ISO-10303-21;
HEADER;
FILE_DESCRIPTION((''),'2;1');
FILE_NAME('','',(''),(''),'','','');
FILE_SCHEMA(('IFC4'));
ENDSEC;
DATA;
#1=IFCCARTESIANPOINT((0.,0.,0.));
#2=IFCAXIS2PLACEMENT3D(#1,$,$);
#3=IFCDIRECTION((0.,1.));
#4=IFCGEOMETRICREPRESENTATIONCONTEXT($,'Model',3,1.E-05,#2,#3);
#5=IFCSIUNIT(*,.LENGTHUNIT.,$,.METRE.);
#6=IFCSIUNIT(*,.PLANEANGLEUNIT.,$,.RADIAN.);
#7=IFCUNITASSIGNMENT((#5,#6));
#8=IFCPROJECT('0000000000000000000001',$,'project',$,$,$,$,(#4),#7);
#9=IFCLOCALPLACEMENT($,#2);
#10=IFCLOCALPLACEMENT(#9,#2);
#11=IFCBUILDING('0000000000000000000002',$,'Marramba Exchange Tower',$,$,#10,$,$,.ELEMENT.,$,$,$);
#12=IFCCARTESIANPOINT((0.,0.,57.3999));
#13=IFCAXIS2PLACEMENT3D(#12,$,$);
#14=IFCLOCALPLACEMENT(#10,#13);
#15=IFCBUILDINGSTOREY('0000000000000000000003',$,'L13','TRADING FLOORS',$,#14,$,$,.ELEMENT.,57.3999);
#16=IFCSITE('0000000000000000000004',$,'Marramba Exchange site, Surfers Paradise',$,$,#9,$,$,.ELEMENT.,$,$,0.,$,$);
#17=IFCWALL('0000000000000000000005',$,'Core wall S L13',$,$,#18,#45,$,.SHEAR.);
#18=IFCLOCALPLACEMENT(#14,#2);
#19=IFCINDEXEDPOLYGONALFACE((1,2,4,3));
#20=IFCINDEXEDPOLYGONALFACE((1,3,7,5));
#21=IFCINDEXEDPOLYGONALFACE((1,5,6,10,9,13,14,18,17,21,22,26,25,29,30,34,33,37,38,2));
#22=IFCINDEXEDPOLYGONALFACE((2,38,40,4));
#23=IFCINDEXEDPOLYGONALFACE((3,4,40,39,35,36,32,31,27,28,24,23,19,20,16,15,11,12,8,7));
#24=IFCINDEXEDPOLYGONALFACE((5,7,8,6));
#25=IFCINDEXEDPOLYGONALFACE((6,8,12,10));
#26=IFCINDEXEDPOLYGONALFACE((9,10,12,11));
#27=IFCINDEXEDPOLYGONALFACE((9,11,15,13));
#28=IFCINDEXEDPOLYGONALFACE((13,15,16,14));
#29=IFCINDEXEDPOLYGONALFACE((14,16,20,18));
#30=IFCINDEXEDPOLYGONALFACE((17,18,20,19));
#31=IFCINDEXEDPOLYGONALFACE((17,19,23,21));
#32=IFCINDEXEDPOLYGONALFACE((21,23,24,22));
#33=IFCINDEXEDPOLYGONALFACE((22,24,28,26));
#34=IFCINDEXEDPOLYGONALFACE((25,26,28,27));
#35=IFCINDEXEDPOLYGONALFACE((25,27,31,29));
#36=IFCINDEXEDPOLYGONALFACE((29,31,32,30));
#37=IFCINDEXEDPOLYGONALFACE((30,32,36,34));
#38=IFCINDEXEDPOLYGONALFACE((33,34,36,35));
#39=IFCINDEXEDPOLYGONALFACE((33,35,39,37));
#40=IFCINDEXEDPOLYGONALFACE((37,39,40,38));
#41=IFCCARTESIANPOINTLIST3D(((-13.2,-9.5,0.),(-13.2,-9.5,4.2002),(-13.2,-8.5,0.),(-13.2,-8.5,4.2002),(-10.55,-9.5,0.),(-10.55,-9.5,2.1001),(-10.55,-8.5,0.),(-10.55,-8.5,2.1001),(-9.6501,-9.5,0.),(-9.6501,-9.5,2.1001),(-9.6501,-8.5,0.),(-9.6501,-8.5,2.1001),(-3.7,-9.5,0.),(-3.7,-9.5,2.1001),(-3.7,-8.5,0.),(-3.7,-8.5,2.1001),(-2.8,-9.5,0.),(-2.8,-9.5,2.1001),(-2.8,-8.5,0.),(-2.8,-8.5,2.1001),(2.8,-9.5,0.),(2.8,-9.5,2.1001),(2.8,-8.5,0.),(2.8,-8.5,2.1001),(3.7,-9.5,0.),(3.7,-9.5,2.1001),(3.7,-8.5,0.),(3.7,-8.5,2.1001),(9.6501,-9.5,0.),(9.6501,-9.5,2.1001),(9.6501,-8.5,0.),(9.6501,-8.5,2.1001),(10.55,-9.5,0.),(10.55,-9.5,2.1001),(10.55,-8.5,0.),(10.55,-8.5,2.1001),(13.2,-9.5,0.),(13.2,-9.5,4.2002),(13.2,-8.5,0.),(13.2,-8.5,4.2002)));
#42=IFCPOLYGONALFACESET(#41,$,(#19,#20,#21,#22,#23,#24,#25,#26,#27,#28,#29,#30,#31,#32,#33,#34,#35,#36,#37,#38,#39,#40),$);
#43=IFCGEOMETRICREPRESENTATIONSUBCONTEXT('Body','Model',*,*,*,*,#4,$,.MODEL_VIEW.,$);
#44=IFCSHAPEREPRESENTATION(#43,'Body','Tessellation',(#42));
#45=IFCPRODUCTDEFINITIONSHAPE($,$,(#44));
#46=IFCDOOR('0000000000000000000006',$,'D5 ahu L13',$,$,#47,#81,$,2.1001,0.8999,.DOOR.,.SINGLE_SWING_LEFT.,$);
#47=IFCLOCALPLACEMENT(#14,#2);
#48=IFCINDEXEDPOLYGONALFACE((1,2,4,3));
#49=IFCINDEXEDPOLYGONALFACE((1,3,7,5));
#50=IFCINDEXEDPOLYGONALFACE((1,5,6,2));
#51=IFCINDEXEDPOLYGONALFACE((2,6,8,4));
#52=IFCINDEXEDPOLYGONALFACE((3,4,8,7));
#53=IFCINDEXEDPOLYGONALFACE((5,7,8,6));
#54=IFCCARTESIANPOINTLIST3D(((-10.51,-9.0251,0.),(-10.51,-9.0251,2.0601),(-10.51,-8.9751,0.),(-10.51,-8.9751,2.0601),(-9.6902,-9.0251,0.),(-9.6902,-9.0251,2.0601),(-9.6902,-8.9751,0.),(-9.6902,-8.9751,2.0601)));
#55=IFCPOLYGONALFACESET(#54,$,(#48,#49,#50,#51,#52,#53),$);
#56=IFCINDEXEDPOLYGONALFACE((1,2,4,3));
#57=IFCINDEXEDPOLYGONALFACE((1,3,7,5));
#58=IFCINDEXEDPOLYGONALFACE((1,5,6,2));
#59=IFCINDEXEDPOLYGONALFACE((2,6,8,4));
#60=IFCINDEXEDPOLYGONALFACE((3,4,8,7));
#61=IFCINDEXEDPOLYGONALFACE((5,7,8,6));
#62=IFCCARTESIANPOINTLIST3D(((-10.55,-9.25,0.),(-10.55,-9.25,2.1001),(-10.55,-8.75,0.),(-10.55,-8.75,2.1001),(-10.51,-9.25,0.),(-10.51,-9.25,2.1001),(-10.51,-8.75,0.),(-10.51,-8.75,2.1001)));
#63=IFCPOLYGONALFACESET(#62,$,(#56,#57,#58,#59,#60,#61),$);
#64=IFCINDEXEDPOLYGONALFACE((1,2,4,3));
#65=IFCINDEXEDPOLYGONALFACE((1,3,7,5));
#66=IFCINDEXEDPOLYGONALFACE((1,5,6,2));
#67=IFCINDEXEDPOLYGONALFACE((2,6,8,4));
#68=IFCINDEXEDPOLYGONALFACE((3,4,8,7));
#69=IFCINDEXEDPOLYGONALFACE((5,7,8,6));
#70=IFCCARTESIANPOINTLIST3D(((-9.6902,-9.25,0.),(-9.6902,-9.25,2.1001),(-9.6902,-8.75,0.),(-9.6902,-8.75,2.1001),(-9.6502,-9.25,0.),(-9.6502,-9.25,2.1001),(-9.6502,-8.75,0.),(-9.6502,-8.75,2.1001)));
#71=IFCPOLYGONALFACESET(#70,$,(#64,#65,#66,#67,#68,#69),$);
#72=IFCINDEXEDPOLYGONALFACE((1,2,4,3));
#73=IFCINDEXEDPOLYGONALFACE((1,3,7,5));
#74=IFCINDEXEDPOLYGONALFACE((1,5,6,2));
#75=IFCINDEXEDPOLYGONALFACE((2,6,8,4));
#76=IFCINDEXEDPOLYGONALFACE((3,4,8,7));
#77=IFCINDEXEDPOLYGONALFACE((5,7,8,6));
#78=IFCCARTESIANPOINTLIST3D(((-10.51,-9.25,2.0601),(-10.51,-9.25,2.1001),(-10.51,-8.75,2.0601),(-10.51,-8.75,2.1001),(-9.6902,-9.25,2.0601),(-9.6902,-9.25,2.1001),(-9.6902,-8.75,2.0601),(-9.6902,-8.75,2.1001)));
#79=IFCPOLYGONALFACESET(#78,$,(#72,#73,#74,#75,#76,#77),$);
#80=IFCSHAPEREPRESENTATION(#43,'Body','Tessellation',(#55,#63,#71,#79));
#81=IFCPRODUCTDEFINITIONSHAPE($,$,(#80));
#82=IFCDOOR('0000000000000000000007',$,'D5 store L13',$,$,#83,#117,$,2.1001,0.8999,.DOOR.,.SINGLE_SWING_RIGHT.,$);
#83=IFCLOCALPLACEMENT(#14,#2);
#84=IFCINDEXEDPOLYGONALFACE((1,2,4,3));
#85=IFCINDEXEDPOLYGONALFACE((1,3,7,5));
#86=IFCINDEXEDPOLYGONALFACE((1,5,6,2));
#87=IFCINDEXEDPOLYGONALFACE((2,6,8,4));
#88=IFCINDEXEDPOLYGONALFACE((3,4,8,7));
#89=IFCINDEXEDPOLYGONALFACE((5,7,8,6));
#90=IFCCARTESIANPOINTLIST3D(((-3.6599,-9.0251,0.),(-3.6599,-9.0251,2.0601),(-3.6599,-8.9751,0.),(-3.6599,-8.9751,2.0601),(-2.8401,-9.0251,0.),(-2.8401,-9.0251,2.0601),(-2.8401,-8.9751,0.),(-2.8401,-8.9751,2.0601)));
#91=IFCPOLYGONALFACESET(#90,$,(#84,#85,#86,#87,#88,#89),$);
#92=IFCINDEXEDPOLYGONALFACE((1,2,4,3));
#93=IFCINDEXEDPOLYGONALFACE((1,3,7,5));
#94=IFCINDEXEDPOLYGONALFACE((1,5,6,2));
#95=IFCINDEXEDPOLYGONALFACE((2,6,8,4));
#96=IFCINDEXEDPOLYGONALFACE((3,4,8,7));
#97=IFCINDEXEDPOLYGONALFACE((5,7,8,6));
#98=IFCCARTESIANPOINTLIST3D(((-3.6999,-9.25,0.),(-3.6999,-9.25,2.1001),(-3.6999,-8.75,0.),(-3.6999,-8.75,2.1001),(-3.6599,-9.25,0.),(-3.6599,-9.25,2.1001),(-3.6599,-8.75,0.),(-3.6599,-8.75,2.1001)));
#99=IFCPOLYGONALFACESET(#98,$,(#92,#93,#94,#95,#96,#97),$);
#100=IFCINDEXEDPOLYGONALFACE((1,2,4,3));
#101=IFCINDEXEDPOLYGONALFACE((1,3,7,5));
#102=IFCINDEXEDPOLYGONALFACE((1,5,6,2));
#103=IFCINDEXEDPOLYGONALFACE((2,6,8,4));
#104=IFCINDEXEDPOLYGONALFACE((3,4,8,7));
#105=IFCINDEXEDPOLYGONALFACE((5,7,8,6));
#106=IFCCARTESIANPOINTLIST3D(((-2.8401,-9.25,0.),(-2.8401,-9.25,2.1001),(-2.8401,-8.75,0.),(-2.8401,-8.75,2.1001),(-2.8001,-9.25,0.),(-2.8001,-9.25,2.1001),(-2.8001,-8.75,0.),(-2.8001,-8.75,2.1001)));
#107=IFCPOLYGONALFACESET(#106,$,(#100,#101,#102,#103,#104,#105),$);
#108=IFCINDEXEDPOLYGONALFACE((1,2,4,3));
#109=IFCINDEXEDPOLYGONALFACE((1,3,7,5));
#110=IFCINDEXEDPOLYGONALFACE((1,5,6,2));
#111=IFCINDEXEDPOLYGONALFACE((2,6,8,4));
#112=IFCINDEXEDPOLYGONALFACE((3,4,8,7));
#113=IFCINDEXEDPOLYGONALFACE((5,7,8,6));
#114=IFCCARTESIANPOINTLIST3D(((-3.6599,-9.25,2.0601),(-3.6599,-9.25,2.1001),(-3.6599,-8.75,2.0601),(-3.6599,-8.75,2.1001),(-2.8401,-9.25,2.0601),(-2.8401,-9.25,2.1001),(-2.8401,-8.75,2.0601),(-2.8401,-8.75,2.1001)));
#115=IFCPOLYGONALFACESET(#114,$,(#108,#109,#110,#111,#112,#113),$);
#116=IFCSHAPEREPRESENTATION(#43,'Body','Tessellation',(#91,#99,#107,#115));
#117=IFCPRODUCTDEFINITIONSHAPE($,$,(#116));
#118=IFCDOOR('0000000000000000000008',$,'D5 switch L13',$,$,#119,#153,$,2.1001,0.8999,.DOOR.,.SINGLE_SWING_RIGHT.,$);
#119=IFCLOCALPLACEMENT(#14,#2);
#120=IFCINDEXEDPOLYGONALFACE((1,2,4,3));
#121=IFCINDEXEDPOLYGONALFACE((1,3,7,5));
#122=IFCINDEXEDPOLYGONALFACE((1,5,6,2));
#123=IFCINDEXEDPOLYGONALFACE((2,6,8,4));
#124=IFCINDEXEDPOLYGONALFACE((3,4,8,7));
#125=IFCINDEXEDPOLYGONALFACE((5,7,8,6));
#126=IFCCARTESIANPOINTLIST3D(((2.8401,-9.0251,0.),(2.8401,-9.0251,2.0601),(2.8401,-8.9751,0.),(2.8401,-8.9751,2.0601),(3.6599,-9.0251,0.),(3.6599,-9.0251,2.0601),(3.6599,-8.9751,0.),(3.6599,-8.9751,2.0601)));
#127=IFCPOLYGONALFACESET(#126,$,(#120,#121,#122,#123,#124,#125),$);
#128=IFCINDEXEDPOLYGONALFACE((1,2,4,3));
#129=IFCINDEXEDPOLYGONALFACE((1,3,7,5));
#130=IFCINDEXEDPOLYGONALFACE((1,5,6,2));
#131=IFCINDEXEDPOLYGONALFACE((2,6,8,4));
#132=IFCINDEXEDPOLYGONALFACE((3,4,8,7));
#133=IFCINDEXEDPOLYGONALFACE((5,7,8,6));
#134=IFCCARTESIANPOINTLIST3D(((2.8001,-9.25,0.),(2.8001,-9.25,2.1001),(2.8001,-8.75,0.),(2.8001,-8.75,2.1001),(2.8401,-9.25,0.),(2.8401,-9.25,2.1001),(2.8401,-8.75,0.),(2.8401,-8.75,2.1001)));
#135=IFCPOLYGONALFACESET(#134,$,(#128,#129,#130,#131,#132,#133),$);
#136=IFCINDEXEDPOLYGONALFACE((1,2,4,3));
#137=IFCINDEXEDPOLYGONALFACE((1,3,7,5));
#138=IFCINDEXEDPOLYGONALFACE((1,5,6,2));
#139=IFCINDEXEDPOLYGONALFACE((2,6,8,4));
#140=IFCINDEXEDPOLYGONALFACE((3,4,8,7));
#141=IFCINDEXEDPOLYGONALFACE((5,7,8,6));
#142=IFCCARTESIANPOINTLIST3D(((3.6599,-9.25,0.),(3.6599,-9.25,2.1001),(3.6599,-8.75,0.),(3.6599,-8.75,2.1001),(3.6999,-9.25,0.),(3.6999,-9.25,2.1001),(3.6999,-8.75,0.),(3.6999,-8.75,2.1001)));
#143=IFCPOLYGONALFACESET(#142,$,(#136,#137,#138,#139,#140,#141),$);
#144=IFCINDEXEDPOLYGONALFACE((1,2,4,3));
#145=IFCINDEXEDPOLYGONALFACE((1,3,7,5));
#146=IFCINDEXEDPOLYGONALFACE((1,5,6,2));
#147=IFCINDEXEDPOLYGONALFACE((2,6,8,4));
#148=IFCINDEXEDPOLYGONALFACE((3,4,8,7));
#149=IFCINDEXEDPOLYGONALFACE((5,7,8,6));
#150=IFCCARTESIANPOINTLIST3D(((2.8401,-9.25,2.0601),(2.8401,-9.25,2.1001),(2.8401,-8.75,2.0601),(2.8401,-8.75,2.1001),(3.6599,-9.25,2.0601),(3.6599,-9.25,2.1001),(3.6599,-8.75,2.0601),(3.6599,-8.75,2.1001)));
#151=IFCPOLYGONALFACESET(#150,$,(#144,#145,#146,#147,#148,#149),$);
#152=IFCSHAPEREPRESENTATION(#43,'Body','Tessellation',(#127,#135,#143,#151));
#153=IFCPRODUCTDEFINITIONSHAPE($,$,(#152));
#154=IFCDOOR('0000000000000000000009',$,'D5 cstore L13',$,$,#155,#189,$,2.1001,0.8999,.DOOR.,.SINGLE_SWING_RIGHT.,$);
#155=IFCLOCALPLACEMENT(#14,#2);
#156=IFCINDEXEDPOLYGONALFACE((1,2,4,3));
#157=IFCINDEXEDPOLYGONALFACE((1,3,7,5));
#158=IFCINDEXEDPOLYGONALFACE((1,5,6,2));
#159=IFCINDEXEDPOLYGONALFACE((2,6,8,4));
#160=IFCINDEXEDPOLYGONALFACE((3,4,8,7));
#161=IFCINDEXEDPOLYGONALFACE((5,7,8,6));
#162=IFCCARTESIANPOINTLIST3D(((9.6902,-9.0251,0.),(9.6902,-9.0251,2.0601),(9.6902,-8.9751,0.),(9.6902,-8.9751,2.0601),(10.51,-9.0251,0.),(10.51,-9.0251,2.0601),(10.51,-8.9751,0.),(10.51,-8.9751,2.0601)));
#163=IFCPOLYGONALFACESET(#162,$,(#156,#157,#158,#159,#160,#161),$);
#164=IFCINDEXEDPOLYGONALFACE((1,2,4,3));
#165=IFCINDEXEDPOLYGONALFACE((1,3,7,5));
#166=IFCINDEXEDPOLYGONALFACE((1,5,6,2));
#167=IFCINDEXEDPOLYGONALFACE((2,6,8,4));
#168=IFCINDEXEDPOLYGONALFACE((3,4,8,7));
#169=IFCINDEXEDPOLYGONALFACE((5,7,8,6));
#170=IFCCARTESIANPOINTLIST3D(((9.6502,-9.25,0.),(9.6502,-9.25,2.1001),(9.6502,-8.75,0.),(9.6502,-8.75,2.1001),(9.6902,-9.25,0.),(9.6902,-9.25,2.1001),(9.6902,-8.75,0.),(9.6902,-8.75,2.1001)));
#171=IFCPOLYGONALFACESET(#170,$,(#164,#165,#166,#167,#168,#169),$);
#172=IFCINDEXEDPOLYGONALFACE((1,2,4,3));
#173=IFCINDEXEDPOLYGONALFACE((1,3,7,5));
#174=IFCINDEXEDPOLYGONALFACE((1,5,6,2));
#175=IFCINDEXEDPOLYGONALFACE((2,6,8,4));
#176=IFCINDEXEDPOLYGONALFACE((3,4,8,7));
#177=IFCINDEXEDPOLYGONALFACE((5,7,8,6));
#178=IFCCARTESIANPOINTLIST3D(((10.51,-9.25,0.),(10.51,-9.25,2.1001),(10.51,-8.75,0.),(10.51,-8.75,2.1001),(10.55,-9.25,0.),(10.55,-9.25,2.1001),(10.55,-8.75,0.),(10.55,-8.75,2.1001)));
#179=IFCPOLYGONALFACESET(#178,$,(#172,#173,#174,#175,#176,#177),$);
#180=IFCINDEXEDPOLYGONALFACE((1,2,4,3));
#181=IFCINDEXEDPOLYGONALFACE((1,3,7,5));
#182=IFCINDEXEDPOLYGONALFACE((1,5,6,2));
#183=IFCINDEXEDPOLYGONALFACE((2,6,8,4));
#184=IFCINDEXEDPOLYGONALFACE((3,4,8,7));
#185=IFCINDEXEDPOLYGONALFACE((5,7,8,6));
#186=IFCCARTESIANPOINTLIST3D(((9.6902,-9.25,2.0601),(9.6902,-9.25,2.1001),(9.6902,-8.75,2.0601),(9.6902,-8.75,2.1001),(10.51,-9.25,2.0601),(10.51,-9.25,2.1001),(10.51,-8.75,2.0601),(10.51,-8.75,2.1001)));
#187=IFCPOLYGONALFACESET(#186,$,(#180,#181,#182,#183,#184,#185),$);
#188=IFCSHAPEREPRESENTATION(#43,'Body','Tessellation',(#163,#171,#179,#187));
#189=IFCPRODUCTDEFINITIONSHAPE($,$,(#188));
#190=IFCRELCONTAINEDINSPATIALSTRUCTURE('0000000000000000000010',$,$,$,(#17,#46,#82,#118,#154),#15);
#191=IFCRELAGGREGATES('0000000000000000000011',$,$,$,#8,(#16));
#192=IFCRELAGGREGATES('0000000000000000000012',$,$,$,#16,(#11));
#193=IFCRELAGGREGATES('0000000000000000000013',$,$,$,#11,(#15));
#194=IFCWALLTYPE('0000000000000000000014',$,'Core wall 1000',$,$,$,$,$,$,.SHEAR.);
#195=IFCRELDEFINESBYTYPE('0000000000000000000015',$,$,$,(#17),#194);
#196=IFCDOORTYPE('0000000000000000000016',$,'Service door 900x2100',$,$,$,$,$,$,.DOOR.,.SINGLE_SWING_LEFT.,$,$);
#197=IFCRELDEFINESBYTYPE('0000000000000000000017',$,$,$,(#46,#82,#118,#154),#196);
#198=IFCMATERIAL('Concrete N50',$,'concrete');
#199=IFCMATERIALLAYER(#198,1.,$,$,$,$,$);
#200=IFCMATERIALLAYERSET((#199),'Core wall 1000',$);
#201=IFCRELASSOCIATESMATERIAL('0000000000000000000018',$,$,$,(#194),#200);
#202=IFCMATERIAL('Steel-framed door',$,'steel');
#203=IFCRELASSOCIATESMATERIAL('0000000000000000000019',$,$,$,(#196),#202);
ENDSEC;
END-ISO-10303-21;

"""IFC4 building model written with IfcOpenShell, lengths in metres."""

from ifc_helpers import new_model, si_unit, direction, frame, frame_2d, origin, place, context, subcontext, project, spatial, rectangle, extrude, material, layer, layer_set, type_object, element, fill, save


model = new_model("IFC4")

# Units and contexts
model_context = context("Model", 3, precision=1e-05, world=origin(), true_north=direction((0.0, 1.0)))
body_context = subcontext(model_context, "Body", "Model", "MODEL_VIEW")
ifc_project = project(units=[si_unit("LENGTHUNIT", "METRE"), si_unit("PLANEANGLEUNIT", "RADIAN")], contexts=[model_context])

# Site, building, storey
site_placement = place(None, origin())
site = spatial("IfcSite", under=ifc_project, at=site_placement, Name="Marramba Exchange site, Surfers Paradise", CompositionType="ELEMENT", RefElevation=0.0)
building_placement = place(site_placement, origin())
building = spatial("IfcBuilding", under=site, at=building_placement, Name="Marramba Exchange Tower", CompositionType="ELEMENT")
storey_placement = place(building_placement, frame((0.0, 0.0, 57.3999)))
storey = spatial("IfcBuildingStorey", under=building, at=storey_placement, Name="L13", Description="TRADING FLOORS", CompositionType="ELEMENT", Elevation=57.3999)

# Shared definitions
ifc_material_1 = material(Name="Concrete N50", Category="concrete")

# Wall, openings, doors
ifc_layer_1 = layer(ifc_material_1, 1.0)
ifc_layer_set_1 = layer_set([ifc_layer_1], Name="Core wall 1000")
wall_type_1 = type_object("IfcWallType", Name="Core wall 1000", PredefinedType="SHEAR", material=ifc_layer_set_1)
wall_1_placement = place(storey_placement, frame((-13.2, -9.0, 0.0), z_axis=(0.0, 0.0, 1.0), x_axis=(1.0, 0.0, 0.0)))
wall_1 = element("IfcWall", 1, at=wall_1_placement, inside=storey, type_object=wall_type_1, Name="Core wall S L13", PredefinedType="SHEAR", context=body_context, shape_type="SweptSolid", body=[
    extrude(rectangle(XDim=26.3999, YDim=1.0, at=frame_2d((13.2, 0.0))), origin(), (0.0, 0.0, 1.0), 4.2002),
])
opening_1_placement = place(wall_1_placement, frame((2.6499, 0.0, 0.0)))
opening_1 = element("IfcOpeningElement", 2, at=opening_1_placement, cuts=wall_1, PredefinedType="OPENING", context=body_context, shape_type="SweptSolid", body=[
    extrude(rectangle(XDim=0.8999, YDim=2.1001, at=frame_2d((0.45, 1.05))), frame((0.0, 0.51, 0.0), z_axis=(0.0, -1.0, 0.0), x_axis=(1.0, 0.0, 0.0)), (0.0, 0.0, 1.0), 1.02),
])
opening_2_placement = place(wall_1_placement, frame((9.5, 0.0, 0.0)))
opening_2 = element("IfcOpeningElement", 3, at=opening_2_placement, cuts=wall_1, PredefinedType="OPENING", context=body_context, shape_type="SweptSolid", body=[
    extrude(rectangle(XDim=0.8999, YDim=2.1001, at=frame_2d((0.45, 1.05))), frame((0.0, 0.51, 0.0), z_axis=(0.0, -1.0, 0.0), x_axis=(1.0, 0.0, 0.0)), (0.0, 0.0, 1.0), 1.02),
])
opening_3_placement = place(wall_1_placement, frame((16.0, 0.0, 0.0)))
opening_3 = element("IfcOpeningElement", 4, at=opening_3_placement, cuts=wall_1, PredefinedType="OPENING", context=body_context, shape_type="SweptSolid", body=[
    extrude(rectangle(XDim=0.8999, YDim=2.1001, at=frame_2d((0.45, 1.05))), frame((0.0, 0.51, 0.0), z_axis=(0.0, -1.0, 0.0), x_axis=(1.0, 0.0, 0.0)), (0.0, 0.0, 1.0), 1.02),
])
opening_4_placement = place(wall_1_placement, frame((22.8501, 0.0, 0.0)))
opening_4 = element("IfcOpeningElement", 5, at=opening_4_placement, cuts=wall_1, PredefinedType="OPENING", context=body_context, shape_type="SweptSolid", body=[
    extrude(rectangle(XDim=0.8999, YDim=2.1001, at=frame_2d((0.45, 1.05))), frame((0.0, 0.51, 0.0), z_axis=(0.0, -1.0, 0.0), x_axis=(1.0, 0.0, 0.0)), (0.0, 0.0, 1.0), 1.02),
])
ifc_material_2 = material(Name="Steel-framed door", Category="steel")
door_type = type_object("IfcDoorType", Name="Service door 900x2100", OperationType="SINGLE_SWING_LEFT", PredefinedType="DOOR", material=ifc_material_2)
door_1_placement = place(opening_1_placement, origin())
door_1 = element("IfcDoor", 6, at=door_1_placement, inside=storey, type_object=door_type, Name="D5 ahu L13", OperationType="SINGLE_SWING_LEFT", OverallHeight=2.1001, OverallWidth=0.8999, PredefinedType="DOOR", context=body_context, shape_type="SweptSolid", body=[
    extrude(rectangle(XDim=0.8198, YDim=2.0601, at=frame_2d((0.45, 1.03))), frame((0.0, 0.0249, 0.0), z_axis=(0.0, -1.0, 0.0), x_axis=(1.0, 0.0, 0.0)), (0.0, 0.0, 1.0), 0.05),
    extrude(rectangle(XDim=0.04, YDim=2.1001, at=frame_2d((0.02, 1.05))), frame((0.0, 0.25, 0.0), z_axis=(0.0, -1.0, 0.0), x_axis=(1.0, 0.0, 0.0)), (0.0, 0.0, 1.0), 0.5),
    extrude(rectangle(XDim=0.04, YDim=2.1001, at=frame_2d((0.8799, 1.05))), frame((0.0, 0.25, 0.0), z_axis=(0.0, -1.0, 0.0), x_axis=(1.0, 0.0, 0.0)), (0.0, 0.0, 1.0), 0.5),
    extrude(rectangle(XDim=0.8198, YDim=0.04, at=frame_2d((0.45, 2.0801))), frame((0.0, 0.25, 0.0), z_axis=(0.0, -1.0, 0.0), x_axis=(1.0, 0.0, 0.0)), (0.0, 0.0, 1.0), 0.5),
])
fill(opening_1, door_1)
door_2_placement = place(opening_2_placement, origin())
door_2 = element("IfcDoor", 7, at=door_2_placement, inside=storey, type_object=door_type, Name="D5 store L13", OperationType="SINGLE_SWING_RIGHT", OverallHeight=2.1001, OverallWidth=0.8999, PredefinedType="DOOR", context=body_context, shape_type="SweptSolid", body=[
    extrude(rectangle(XDim=0.8198, YDim=2.0601, at=frame_2d((0.45, 1.03))), frame((0.0, 0.0249, 0.0), z_axis=(0.0, -1.0, 0.0), x_axis=(1.0, 0.0, 0.0)), (0.0, 0.0, 1.0), 0.05),
    extrude(rectangle(XDim=0.04, YDim=2.1001, at=frame_2d((0.02, 1.05))), frame((0.0, 0.25, 0.0), z_axis=(0.0, -1.0, 0.0), x_axis=(1.0, 0.0, 0.0)), (0.0, 0.0, 1.0), 0.5),
    extrude(rectangle(XDim=0.04, YDim=2.1001, at=frame_2d((0.8799, 1.05))), frame((0.0, 0.25, 0.0), z_axis=(0.0, -1.0, 0.0), x_axis=(1.0, 0.0, 0.0)), (0.0, 0.0, 1.0), 0.5),
    extrude(rectangle(XDim=0.8198, YDim=0.04, at=frame_2d((0.45, 2.0801))), frame((0.0, 0.25, 0.0), z_axis=(0.0, -1.0, 0.0), x_axis=(1.0, 0.0, 0.0)), (0.0, 0.0, 1.0), 0.5),
])
fill(opening_2, door_2)
door_3_placement = place(opening_3_placement, origin())
door_3 = element("IfcDoor", 8, at=door_3_placement, inside=storey, type_object=door_type, Name="D5 switch L13", OperationType="SINGLE_SWING_RIGHT", OverallHeight=2.1001, OverallWidth=0.8999, PredefinedType="DOOR", context=body_context, shape_type="SweptSolid", body=[
    extrude(rectangle(XDim=0.8198, YDim=2.0601, at=frame_2d((0.45, 1.03))), frame((0.0, 0.0249, 0.0), z_axis=(0.0, -1.0, 0.0), x_axis=(1.0, 0.0, 0.0)), (0.0, 0.0, 1.0), 0.05),
    extrude(rectangle(XDim=0.04, YDim=2.1001, at=frame_2d((0.02, 1.05))), frame((0.0, 0.25, 0.0), z_axis=(0.0, -1.0, 0.0), x_axis=(1.0, 0.0, 0.0)), (0.0, 0.0, 1.0), 0.5),
    extrude(rectangle(XDim=0.04, YDim=2.1001, at=frame_2d((0.8799, 1.05))), frame((0.0, 0.25, 0.0), z_axis=(0.0, -1.0, 0.0), x_axis=(1.0, 0.0, 0.0)), (0.0, 0.0, 1.0), 0.5),
    extrude(rectangle(XDim=0.8198, YDim=0.04, at=frame_2d((0.45, 2.0801))), frame((0.0, 0.25, 0.0), z_axis=(0.0, -1.0, 0.0), x_axis=(1.0, 0.0, 0.0)), (0.0, 0.0, 1.0), 0.5),
])
fill(opening_3, door_3)
door_4_placement = place(opening_4_placement, origin())
door_4 = element("IfcDoor", 9, at=door_4_placement, inside=storey, type_object=door_type, Name="D5 cstore L13", OperationType="SINGLE_SWING_RIGHT", OverallHeight=2.1001, OverallWidth=0.8999, PredefinedType="DOOR", context=body_context, shape_type="SweptSolid", body=[
    extrude(rectangle(XDim=0.8198, YDim=2.0601, at=frame_2d((0.45, 1.03))), frame((0.0, 0.0249, 0.0), z_axis=(0.0, -1.0, 0.0), x_axis=(1.0, 0.0, 0.0)), (0.0, 0.0, 1.0), 0.05),
    extrude(rectangle(XDim=0.04, YDim=2.1001, at=frame_2d((0.02, 1.05))), frame((0.0, 0.25, 0.0), z_axis=(0.0, -1.0, 0.0), x_axis=(1.0, 0.0, 0.0)), (0.0, 0.0, 1.0), 0.5),
    extrude(rectangle(XDim=0.04, YDim=2.1001, at=frame_2d((0.8799, 1.05))), frame((0.0, 0.25, 0.0), z_axis=(0.0, -1.0, 0.0), x_axis=(1.0, 0.0, 0.0)), (0.0, 0.0, 1.0), 0.5),
    extrude(rectangle(XDim=0.8198, YDim=0.04, at=frame_2d((0.45, 2.0801))), frame((0.0, 0.25, 0.0), z_axis=(0.0, -1.0, 0.0), x_axis=(1.0, 0.0, 0.0)), (0.0, 0.0, 1.0), 0.5),
])
fill(opening_4, door_4)

save(model, "model.ifc")
